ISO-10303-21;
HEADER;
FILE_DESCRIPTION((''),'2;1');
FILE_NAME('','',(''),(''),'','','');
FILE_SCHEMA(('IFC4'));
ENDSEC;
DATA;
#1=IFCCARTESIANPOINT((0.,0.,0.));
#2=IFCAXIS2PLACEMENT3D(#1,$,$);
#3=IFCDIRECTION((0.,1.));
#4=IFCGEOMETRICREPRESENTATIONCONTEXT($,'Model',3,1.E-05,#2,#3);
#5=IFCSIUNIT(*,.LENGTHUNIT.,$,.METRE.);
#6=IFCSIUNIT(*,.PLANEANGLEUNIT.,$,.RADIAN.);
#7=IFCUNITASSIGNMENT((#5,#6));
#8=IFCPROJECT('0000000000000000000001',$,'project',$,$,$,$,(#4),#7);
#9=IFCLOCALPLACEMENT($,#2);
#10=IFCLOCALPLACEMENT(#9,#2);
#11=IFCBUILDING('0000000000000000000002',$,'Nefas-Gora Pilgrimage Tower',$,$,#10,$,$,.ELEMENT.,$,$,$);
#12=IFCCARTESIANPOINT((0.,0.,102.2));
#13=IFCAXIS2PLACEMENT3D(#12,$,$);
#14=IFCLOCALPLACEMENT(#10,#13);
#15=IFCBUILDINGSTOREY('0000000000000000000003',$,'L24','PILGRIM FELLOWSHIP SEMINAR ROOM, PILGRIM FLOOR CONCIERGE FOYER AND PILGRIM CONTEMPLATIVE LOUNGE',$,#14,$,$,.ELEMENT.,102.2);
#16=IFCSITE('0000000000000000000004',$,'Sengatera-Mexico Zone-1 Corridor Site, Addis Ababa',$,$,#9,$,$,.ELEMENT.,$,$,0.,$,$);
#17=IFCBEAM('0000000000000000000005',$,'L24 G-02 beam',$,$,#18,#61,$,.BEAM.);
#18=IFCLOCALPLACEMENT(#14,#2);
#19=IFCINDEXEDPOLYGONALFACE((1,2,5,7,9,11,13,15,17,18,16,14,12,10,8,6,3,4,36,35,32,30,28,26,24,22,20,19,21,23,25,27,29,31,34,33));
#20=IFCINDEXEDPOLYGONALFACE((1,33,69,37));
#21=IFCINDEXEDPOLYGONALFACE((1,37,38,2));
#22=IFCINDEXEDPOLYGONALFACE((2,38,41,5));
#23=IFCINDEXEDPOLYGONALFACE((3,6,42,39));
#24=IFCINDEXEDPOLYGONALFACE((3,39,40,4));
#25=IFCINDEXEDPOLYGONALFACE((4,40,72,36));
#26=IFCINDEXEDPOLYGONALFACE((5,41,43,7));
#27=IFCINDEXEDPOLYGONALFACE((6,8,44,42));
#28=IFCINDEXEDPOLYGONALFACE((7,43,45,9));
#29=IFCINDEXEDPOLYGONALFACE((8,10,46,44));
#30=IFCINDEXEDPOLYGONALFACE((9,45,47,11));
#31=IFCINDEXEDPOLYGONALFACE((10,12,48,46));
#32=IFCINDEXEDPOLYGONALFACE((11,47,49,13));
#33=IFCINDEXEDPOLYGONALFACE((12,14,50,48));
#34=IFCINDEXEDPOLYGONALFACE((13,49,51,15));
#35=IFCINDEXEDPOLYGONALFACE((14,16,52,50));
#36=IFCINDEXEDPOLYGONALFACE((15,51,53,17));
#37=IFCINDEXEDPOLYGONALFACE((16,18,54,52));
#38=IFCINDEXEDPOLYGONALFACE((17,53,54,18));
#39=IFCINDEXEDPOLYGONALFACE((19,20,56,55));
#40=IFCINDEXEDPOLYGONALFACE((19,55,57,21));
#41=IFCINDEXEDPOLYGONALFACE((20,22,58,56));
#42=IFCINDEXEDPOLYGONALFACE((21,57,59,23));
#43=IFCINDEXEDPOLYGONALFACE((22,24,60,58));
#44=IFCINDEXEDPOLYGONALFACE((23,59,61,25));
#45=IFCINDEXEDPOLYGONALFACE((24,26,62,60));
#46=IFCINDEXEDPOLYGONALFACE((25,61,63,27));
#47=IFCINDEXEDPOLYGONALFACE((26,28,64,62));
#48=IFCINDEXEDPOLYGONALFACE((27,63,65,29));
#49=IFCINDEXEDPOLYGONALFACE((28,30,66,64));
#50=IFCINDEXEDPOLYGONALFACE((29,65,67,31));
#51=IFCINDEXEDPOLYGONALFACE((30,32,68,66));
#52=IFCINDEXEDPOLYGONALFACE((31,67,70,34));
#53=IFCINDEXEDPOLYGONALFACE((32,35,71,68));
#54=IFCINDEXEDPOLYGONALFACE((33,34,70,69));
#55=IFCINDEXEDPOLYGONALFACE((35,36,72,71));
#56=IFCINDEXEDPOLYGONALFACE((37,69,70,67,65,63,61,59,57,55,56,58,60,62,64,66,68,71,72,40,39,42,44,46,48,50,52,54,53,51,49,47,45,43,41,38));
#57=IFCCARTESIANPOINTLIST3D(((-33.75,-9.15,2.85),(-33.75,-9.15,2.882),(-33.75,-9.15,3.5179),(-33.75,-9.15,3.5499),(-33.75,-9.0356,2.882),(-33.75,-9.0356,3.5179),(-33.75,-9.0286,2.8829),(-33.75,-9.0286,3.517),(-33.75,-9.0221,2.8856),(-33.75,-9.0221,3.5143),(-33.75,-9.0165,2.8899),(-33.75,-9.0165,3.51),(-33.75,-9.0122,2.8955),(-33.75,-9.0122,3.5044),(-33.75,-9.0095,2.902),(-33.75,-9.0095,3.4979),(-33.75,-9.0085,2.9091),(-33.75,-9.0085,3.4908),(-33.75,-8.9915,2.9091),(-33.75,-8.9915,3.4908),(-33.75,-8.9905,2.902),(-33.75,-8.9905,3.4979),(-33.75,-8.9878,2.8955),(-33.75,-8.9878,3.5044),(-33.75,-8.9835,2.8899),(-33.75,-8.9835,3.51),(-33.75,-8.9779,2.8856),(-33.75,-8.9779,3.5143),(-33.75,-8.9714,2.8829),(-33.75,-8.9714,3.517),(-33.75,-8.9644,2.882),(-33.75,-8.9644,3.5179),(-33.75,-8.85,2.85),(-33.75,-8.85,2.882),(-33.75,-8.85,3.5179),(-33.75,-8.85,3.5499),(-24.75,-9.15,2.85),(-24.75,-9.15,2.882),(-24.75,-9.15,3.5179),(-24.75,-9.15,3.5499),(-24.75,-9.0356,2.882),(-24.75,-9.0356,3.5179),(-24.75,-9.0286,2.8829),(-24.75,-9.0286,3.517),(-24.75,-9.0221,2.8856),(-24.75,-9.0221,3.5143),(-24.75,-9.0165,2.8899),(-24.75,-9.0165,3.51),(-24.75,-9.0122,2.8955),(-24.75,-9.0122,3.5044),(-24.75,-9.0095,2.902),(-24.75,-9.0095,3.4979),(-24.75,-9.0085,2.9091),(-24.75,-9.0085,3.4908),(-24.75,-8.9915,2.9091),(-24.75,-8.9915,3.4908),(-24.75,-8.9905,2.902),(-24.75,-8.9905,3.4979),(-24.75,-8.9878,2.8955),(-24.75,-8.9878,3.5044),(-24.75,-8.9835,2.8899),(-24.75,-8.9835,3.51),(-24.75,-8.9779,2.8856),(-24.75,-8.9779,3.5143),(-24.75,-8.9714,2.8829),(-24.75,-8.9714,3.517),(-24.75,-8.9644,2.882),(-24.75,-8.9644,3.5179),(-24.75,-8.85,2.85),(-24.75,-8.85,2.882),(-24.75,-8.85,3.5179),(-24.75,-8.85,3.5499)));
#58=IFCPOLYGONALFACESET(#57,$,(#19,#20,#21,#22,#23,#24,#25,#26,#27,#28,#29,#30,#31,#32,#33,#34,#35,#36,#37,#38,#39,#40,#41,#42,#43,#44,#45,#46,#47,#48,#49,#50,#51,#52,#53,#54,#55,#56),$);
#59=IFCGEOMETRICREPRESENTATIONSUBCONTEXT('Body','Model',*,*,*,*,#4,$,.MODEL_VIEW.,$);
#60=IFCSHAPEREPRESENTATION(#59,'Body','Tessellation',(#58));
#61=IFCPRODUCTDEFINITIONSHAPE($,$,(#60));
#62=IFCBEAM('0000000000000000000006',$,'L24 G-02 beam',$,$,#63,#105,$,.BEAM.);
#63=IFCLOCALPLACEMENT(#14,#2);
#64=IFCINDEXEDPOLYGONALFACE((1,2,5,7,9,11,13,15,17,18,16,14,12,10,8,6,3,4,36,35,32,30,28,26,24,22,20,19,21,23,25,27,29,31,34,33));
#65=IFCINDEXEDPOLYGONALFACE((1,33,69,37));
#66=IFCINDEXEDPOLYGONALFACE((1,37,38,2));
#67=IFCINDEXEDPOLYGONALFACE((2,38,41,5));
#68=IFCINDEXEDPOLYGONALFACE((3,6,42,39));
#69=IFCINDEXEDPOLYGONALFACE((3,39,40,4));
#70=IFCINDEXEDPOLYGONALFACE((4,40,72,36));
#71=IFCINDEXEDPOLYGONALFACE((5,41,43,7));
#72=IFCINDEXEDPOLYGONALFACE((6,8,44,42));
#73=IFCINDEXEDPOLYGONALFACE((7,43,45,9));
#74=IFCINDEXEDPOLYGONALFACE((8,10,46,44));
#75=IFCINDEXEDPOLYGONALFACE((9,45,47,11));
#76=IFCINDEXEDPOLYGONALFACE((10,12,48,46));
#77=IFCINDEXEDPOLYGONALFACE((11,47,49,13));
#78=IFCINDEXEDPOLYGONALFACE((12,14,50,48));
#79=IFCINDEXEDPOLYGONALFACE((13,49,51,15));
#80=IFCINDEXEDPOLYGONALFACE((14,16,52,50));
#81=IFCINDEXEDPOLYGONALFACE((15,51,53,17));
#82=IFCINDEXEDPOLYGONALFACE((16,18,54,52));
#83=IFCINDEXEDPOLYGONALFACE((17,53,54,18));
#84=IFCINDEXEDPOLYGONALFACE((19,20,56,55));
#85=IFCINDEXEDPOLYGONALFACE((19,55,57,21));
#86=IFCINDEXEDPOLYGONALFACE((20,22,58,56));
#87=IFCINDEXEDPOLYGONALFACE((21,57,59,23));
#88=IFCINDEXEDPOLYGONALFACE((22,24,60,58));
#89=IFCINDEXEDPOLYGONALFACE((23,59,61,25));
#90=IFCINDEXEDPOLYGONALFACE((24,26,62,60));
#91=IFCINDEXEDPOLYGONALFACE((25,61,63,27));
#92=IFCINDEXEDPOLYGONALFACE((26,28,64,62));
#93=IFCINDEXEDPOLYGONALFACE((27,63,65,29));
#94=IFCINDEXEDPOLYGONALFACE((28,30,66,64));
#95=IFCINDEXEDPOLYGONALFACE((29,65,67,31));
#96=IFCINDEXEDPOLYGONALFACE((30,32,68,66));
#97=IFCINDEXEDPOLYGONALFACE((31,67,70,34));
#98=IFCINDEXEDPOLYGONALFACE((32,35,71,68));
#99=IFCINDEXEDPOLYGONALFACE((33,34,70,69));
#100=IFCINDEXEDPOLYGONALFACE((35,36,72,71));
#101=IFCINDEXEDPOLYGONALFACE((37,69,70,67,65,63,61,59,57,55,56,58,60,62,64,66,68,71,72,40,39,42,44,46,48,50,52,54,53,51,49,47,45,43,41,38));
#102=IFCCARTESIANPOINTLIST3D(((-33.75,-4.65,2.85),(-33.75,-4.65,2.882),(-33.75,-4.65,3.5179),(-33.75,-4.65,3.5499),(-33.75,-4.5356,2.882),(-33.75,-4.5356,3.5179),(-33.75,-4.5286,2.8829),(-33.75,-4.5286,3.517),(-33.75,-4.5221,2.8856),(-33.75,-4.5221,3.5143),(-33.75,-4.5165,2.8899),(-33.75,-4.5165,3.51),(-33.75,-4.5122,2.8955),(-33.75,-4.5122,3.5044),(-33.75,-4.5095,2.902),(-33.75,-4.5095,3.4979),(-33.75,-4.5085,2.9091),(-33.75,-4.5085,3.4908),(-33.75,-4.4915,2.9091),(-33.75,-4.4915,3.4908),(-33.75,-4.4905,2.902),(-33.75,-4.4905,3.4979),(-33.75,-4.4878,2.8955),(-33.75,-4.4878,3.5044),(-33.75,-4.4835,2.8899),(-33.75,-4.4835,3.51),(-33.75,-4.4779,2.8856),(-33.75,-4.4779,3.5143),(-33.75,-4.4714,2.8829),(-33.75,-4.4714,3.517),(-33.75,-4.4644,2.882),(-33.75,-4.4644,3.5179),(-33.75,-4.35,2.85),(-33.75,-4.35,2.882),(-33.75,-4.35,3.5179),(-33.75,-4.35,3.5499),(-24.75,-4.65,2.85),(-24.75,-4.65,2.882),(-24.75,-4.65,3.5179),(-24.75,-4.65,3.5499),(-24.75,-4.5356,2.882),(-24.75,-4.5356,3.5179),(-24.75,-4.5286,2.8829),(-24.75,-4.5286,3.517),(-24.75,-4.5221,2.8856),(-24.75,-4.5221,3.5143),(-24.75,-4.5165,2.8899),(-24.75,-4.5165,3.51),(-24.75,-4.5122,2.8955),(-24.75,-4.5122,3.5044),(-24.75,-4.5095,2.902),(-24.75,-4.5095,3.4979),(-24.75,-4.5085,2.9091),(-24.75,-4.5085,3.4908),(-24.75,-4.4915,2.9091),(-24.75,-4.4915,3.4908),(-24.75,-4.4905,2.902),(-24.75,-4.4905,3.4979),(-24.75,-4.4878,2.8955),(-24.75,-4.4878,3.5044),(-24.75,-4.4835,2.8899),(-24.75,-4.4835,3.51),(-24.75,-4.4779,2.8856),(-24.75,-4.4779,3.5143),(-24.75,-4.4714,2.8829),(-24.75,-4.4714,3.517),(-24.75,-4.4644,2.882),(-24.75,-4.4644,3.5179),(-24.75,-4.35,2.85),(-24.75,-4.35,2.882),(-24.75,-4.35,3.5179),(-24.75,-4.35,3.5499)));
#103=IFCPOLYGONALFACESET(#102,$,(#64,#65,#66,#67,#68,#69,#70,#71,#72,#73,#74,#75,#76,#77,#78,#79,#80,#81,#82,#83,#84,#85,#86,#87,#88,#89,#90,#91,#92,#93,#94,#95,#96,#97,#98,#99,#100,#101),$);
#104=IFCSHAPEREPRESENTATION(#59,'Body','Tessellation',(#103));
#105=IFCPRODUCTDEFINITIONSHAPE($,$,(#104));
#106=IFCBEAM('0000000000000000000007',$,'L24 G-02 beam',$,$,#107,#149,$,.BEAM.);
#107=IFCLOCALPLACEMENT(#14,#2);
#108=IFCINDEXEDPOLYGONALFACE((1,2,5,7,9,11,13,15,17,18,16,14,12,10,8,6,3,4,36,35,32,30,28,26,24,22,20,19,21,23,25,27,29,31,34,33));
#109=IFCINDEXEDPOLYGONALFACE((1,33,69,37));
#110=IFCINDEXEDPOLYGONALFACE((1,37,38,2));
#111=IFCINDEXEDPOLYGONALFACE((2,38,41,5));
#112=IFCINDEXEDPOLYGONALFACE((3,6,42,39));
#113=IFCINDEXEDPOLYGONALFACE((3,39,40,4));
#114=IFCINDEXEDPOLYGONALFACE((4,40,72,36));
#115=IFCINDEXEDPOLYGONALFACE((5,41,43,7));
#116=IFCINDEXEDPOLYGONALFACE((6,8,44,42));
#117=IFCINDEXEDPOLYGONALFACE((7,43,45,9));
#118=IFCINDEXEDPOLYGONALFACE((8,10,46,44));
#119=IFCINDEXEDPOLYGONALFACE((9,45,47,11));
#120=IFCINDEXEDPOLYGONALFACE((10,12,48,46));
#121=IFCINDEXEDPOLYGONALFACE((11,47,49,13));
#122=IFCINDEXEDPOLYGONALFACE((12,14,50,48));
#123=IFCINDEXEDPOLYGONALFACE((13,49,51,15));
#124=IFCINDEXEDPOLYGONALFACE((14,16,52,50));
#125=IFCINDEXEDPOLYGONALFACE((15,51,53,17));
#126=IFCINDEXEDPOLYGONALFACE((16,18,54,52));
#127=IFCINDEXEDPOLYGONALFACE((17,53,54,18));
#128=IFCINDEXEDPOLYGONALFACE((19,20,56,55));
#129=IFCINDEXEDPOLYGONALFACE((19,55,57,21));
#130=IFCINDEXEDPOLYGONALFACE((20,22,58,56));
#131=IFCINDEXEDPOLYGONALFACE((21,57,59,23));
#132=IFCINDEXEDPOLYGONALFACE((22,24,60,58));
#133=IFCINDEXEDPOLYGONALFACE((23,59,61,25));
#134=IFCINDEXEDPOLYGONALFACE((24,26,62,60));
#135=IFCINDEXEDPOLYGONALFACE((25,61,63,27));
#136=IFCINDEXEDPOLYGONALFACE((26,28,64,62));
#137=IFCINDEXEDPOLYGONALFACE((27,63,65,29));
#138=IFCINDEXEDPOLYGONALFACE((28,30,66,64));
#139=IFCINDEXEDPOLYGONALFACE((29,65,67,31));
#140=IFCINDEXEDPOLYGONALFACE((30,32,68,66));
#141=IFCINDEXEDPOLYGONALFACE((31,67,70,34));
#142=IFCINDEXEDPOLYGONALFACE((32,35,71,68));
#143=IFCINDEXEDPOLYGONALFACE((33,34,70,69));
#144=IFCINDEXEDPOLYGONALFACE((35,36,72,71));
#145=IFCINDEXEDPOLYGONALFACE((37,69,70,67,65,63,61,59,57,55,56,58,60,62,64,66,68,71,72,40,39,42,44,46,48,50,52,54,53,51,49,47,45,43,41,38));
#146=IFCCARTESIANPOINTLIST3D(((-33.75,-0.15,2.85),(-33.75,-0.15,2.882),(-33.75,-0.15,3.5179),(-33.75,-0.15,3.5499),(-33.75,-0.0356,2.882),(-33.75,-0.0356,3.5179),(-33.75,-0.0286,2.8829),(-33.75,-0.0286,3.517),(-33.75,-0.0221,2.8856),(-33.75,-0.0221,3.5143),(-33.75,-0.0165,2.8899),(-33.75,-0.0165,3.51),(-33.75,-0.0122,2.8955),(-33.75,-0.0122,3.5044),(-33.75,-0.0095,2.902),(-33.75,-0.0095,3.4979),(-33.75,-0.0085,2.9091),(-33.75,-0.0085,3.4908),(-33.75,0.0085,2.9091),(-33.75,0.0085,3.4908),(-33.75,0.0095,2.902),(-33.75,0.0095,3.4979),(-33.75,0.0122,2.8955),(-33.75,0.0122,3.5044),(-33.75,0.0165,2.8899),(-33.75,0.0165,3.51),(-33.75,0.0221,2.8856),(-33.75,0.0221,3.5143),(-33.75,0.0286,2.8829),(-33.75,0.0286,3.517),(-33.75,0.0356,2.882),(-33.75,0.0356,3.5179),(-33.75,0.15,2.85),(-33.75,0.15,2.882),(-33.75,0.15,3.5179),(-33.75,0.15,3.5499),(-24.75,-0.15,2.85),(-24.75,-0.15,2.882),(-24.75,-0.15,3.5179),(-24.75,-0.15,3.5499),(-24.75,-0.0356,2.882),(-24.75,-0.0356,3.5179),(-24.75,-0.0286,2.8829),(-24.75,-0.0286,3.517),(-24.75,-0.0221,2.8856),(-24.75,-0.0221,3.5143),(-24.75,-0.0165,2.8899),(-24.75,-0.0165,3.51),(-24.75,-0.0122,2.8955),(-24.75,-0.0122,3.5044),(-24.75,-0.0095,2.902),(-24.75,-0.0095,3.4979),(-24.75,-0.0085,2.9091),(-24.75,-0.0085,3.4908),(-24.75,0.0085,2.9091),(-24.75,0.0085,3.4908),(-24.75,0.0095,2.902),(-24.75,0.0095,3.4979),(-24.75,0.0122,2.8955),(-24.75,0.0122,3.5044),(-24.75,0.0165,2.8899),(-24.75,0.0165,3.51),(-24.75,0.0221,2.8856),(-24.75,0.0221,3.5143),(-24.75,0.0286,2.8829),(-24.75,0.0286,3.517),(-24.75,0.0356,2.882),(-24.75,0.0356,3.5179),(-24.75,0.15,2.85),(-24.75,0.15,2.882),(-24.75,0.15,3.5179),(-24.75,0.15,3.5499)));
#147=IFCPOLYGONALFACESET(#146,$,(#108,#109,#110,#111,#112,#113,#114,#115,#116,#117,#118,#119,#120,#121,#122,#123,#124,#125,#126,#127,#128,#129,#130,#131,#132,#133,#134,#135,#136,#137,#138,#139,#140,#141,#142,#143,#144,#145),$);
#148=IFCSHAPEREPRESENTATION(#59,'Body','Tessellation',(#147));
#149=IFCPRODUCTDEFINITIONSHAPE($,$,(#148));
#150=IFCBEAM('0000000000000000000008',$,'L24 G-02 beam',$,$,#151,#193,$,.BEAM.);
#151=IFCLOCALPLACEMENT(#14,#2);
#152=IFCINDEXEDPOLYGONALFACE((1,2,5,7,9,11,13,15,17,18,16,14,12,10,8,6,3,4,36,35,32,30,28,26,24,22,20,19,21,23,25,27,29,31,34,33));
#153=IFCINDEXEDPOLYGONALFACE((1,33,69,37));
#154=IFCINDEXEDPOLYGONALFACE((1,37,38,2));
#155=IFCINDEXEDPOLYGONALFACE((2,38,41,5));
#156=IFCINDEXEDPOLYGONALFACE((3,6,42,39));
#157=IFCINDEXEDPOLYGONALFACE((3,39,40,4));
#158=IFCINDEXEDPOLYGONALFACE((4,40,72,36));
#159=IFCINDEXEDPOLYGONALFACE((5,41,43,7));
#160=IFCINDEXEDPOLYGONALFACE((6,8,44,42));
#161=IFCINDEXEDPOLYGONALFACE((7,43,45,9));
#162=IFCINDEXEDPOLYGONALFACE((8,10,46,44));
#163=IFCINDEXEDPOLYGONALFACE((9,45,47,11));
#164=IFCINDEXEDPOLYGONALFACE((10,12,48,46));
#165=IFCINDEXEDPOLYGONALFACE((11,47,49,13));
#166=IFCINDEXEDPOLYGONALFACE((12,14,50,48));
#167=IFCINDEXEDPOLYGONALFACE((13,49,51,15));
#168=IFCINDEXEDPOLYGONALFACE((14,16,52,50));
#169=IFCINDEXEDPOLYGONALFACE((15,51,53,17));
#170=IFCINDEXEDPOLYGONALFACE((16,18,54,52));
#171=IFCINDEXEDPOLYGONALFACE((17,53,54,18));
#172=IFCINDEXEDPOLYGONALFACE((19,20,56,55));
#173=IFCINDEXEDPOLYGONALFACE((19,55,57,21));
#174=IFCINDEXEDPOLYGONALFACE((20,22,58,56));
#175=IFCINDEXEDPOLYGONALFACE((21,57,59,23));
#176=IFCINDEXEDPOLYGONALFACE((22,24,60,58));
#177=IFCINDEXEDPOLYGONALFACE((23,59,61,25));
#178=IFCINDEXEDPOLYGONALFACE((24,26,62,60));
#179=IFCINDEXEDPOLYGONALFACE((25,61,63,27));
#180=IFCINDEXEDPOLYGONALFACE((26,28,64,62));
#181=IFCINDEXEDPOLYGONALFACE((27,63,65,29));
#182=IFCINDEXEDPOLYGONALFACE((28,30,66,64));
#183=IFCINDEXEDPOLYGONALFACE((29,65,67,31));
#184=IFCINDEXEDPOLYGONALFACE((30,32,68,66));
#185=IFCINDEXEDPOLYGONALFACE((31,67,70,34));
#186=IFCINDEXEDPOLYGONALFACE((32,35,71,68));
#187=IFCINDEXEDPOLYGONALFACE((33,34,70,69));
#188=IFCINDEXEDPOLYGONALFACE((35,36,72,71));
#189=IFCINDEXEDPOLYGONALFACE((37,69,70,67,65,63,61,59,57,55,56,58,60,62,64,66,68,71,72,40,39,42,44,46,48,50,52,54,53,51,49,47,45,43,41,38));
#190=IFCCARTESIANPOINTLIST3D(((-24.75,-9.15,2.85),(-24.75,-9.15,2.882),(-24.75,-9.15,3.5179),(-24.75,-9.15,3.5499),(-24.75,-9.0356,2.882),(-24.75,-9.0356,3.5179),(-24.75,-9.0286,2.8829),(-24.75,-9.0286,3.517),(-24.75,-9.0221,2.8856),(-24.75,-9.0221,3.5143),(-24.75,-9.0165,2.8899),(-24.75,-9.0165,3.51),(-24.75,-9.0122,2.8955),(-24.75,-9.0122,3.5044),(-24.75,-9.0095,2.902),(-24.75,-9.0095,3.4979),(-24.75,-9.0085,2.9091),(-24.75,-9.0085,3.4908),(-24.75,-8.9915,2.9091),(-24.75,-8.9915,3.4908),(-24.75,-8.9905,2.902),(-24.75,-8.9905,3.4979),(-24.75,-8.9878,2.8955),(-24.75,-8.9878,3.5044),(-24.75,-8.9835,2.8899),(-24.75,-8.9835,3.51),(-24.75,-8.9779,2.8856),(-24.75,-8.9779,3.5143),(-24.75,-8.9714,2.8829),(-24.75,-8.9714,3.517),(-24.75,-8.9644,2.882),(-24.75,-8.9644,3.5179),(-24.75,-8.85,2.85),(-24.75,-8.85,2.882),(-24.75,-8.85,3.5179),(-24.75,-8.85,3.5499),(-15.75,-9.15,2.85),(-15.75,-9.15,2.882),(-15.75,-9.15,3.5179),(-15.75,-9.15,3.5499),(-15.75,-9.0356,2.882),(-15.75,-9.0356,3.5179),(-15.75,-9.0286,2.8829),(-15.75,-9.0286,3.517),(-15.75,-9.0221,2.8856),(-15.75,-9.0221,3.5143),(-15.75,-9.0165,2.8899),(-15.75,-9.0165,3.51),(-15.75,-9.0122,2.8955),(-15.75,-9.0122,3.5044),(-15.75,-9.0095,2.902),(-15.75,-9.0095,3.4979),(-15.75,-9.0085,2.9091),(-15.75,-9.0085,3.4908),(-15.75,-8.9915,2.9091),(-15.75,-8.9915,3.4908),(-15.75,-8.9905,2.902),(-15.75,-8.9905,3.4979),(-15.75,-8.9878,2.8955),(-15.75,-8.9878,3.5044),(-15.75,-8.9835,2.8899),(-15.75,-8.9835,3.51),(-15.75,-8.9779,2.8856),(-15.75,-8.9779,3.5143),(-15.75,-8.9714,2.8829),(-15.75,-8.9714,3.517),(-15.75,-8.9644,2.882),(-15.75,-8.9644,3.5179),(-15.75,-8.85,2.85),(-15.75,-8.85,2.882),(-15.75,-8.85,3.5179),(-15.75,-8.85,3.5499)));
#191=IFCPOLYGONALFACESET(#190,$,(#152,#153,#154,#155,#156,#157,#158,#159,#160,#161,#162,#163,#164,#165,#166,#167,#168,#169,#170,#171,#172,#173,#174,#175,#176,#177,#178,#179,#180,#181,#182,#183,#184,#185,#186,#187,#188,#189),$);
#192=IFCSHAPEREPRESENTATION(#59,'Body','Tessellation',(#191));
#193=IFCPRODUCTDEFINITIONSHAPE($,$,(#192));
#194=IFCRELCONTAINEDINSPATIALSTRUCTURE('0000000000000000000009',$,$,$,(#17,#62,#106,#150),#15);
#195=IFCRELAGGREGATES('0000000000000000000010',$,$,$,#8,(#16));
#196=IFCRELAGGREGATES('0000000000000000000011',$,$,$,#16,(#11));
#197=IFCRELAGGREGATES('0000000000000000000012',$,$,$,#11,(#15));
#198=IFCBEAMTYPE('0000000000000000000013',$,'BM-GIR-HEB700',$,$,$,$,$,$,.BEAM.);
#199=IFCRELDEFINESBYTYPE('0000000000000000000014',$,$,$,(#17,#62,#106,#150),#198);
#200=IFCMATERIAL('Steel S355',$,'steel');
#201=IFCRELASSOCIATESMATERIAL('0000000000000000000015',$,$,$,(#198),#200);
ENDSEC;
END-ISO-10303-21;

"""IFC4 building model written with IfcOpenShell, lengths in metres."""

from ifc_helpers import new_model, si_unit, direction, frame, origin, origin_2d, place, context, subcontext, project, spatial, i_section, extrude, source, transform, mapped, material, material_profile, profile_set, type_object, element, save


model = new_model("IFC4")

# Units and contexts
model_context = context("Model", 3, precision=1e-05, world=origin(), true_north=direction((0.0, 1.0)))
body_context = subcontext(model_context, "Body", "Model", "MODEL_VIEW")
ifc_project = project(units=[si_unit("LENGTHUNIT", "METRE"), si_unit("PLANEANGLEUNIT", "RADIAN")], contexts=[model_context])

# Site, building, storey
site_placement = place(None, origin())
site = spatial("IfcSite", under=ifc_project, at=site_placement, Name="Sengatera-Mexico Zone-1 Corridor Site, Addis Ababa", CompositionType="ELEMENT", RefElevation=0.0)
building_placement = place(site_placement, origin())
building = spatial("IfcBuilding", under=site, at=building_placement, Name="Nefas-Gora Pilgrimage Tower", CompositionType="ELEMENT")
storey_placement = place(building_placement, frame((0.0, 0.0, 102.2)))
storey = spatial("IfcBuildingStorey", under=building, at=storey_placement, Name="L24", Description="PILGRIM FELLOWSHIP SEMINAR ROOM, PILGRIM FLOOR CONCIERGE FOYER AND PILGRIM CONTEMPLATIVE LOUNGE", CompositionType="ELEMENT", Elevation=102.2)

# Beams
ifc_material_1 = material(Name="Steel S355", Category="steel")
ifc_material_profile_1 = material_profile(ifc_material_1, i_section(OverallWidth=0.3, OverallDepth=0.7, WebThickness=0.0171, FlangeThickness=0.032, FilletRadius=0.0271, at=origin_2d()), Name="HEB 700")
ifc_profile_set_1 = profile_set([ifc_material_profile_1], Name="Steel S355")
beam_type_1 = type_object("IfcBeamType", Name="BM-GIR-HEB700", PredefinedType="BEAM", material=ifc_profile_set_1)
shared_shape_1 = source(origin(), body_context, "Body", "SweptSolid", [
    extrude(i_section(OverallWidth=0.3, OverallDepth=0.7, WebThickness=0.0171, FlangeThickness=0.032, FilletRadius=0.0271, at=origin_2d()), origin(), (0.0, 0.0, 1.0), 9.0),
])
for number, where, z_axis, x_axis, name in (
    (1, (-33.75, -9.0, 3.2), (1.0, 0.0, 0.0), (0.0, 1.0, 0.0), "L24 G-02 beam"),
    (2, (-33.75, -4.5, 3.2), (1.0, 0.0, 0.0), (0.0, 1.0, 0.0), "L24 G-02 beam"),
    (3, (-33.75, 0.0, 3.2), (1.0, 0.0, 0.0), (0.0, 1.0, 0.0), "L24 G-02 beam"),
    (4, (-24.75, -9.0, 3.2), (1.0, 0.0, 0.0), (0.0, 1.0, 0.0), "L24 G-02 beam"),
):
    element("IfcBeam", number, at=place(storey_placement, frame(where, z_axis=z_axis, x_axis=x_axis)), inside=storey, type_object=beam_type_1, Name=name, PredefinedType="BEAM", context=body_context, shape_type="MappedRepresentation", body=[
        mapped(shared_shape_1, transform((0.0, 0.0, 0.0), x_axis=(1.0, 0.0, 0.0), y_axis=(0.0, 1.0, 0.0), z_axis=(0.0, 0.0, 1.0), scale=1.0)),
    ])

save(model, "model.ifc")
